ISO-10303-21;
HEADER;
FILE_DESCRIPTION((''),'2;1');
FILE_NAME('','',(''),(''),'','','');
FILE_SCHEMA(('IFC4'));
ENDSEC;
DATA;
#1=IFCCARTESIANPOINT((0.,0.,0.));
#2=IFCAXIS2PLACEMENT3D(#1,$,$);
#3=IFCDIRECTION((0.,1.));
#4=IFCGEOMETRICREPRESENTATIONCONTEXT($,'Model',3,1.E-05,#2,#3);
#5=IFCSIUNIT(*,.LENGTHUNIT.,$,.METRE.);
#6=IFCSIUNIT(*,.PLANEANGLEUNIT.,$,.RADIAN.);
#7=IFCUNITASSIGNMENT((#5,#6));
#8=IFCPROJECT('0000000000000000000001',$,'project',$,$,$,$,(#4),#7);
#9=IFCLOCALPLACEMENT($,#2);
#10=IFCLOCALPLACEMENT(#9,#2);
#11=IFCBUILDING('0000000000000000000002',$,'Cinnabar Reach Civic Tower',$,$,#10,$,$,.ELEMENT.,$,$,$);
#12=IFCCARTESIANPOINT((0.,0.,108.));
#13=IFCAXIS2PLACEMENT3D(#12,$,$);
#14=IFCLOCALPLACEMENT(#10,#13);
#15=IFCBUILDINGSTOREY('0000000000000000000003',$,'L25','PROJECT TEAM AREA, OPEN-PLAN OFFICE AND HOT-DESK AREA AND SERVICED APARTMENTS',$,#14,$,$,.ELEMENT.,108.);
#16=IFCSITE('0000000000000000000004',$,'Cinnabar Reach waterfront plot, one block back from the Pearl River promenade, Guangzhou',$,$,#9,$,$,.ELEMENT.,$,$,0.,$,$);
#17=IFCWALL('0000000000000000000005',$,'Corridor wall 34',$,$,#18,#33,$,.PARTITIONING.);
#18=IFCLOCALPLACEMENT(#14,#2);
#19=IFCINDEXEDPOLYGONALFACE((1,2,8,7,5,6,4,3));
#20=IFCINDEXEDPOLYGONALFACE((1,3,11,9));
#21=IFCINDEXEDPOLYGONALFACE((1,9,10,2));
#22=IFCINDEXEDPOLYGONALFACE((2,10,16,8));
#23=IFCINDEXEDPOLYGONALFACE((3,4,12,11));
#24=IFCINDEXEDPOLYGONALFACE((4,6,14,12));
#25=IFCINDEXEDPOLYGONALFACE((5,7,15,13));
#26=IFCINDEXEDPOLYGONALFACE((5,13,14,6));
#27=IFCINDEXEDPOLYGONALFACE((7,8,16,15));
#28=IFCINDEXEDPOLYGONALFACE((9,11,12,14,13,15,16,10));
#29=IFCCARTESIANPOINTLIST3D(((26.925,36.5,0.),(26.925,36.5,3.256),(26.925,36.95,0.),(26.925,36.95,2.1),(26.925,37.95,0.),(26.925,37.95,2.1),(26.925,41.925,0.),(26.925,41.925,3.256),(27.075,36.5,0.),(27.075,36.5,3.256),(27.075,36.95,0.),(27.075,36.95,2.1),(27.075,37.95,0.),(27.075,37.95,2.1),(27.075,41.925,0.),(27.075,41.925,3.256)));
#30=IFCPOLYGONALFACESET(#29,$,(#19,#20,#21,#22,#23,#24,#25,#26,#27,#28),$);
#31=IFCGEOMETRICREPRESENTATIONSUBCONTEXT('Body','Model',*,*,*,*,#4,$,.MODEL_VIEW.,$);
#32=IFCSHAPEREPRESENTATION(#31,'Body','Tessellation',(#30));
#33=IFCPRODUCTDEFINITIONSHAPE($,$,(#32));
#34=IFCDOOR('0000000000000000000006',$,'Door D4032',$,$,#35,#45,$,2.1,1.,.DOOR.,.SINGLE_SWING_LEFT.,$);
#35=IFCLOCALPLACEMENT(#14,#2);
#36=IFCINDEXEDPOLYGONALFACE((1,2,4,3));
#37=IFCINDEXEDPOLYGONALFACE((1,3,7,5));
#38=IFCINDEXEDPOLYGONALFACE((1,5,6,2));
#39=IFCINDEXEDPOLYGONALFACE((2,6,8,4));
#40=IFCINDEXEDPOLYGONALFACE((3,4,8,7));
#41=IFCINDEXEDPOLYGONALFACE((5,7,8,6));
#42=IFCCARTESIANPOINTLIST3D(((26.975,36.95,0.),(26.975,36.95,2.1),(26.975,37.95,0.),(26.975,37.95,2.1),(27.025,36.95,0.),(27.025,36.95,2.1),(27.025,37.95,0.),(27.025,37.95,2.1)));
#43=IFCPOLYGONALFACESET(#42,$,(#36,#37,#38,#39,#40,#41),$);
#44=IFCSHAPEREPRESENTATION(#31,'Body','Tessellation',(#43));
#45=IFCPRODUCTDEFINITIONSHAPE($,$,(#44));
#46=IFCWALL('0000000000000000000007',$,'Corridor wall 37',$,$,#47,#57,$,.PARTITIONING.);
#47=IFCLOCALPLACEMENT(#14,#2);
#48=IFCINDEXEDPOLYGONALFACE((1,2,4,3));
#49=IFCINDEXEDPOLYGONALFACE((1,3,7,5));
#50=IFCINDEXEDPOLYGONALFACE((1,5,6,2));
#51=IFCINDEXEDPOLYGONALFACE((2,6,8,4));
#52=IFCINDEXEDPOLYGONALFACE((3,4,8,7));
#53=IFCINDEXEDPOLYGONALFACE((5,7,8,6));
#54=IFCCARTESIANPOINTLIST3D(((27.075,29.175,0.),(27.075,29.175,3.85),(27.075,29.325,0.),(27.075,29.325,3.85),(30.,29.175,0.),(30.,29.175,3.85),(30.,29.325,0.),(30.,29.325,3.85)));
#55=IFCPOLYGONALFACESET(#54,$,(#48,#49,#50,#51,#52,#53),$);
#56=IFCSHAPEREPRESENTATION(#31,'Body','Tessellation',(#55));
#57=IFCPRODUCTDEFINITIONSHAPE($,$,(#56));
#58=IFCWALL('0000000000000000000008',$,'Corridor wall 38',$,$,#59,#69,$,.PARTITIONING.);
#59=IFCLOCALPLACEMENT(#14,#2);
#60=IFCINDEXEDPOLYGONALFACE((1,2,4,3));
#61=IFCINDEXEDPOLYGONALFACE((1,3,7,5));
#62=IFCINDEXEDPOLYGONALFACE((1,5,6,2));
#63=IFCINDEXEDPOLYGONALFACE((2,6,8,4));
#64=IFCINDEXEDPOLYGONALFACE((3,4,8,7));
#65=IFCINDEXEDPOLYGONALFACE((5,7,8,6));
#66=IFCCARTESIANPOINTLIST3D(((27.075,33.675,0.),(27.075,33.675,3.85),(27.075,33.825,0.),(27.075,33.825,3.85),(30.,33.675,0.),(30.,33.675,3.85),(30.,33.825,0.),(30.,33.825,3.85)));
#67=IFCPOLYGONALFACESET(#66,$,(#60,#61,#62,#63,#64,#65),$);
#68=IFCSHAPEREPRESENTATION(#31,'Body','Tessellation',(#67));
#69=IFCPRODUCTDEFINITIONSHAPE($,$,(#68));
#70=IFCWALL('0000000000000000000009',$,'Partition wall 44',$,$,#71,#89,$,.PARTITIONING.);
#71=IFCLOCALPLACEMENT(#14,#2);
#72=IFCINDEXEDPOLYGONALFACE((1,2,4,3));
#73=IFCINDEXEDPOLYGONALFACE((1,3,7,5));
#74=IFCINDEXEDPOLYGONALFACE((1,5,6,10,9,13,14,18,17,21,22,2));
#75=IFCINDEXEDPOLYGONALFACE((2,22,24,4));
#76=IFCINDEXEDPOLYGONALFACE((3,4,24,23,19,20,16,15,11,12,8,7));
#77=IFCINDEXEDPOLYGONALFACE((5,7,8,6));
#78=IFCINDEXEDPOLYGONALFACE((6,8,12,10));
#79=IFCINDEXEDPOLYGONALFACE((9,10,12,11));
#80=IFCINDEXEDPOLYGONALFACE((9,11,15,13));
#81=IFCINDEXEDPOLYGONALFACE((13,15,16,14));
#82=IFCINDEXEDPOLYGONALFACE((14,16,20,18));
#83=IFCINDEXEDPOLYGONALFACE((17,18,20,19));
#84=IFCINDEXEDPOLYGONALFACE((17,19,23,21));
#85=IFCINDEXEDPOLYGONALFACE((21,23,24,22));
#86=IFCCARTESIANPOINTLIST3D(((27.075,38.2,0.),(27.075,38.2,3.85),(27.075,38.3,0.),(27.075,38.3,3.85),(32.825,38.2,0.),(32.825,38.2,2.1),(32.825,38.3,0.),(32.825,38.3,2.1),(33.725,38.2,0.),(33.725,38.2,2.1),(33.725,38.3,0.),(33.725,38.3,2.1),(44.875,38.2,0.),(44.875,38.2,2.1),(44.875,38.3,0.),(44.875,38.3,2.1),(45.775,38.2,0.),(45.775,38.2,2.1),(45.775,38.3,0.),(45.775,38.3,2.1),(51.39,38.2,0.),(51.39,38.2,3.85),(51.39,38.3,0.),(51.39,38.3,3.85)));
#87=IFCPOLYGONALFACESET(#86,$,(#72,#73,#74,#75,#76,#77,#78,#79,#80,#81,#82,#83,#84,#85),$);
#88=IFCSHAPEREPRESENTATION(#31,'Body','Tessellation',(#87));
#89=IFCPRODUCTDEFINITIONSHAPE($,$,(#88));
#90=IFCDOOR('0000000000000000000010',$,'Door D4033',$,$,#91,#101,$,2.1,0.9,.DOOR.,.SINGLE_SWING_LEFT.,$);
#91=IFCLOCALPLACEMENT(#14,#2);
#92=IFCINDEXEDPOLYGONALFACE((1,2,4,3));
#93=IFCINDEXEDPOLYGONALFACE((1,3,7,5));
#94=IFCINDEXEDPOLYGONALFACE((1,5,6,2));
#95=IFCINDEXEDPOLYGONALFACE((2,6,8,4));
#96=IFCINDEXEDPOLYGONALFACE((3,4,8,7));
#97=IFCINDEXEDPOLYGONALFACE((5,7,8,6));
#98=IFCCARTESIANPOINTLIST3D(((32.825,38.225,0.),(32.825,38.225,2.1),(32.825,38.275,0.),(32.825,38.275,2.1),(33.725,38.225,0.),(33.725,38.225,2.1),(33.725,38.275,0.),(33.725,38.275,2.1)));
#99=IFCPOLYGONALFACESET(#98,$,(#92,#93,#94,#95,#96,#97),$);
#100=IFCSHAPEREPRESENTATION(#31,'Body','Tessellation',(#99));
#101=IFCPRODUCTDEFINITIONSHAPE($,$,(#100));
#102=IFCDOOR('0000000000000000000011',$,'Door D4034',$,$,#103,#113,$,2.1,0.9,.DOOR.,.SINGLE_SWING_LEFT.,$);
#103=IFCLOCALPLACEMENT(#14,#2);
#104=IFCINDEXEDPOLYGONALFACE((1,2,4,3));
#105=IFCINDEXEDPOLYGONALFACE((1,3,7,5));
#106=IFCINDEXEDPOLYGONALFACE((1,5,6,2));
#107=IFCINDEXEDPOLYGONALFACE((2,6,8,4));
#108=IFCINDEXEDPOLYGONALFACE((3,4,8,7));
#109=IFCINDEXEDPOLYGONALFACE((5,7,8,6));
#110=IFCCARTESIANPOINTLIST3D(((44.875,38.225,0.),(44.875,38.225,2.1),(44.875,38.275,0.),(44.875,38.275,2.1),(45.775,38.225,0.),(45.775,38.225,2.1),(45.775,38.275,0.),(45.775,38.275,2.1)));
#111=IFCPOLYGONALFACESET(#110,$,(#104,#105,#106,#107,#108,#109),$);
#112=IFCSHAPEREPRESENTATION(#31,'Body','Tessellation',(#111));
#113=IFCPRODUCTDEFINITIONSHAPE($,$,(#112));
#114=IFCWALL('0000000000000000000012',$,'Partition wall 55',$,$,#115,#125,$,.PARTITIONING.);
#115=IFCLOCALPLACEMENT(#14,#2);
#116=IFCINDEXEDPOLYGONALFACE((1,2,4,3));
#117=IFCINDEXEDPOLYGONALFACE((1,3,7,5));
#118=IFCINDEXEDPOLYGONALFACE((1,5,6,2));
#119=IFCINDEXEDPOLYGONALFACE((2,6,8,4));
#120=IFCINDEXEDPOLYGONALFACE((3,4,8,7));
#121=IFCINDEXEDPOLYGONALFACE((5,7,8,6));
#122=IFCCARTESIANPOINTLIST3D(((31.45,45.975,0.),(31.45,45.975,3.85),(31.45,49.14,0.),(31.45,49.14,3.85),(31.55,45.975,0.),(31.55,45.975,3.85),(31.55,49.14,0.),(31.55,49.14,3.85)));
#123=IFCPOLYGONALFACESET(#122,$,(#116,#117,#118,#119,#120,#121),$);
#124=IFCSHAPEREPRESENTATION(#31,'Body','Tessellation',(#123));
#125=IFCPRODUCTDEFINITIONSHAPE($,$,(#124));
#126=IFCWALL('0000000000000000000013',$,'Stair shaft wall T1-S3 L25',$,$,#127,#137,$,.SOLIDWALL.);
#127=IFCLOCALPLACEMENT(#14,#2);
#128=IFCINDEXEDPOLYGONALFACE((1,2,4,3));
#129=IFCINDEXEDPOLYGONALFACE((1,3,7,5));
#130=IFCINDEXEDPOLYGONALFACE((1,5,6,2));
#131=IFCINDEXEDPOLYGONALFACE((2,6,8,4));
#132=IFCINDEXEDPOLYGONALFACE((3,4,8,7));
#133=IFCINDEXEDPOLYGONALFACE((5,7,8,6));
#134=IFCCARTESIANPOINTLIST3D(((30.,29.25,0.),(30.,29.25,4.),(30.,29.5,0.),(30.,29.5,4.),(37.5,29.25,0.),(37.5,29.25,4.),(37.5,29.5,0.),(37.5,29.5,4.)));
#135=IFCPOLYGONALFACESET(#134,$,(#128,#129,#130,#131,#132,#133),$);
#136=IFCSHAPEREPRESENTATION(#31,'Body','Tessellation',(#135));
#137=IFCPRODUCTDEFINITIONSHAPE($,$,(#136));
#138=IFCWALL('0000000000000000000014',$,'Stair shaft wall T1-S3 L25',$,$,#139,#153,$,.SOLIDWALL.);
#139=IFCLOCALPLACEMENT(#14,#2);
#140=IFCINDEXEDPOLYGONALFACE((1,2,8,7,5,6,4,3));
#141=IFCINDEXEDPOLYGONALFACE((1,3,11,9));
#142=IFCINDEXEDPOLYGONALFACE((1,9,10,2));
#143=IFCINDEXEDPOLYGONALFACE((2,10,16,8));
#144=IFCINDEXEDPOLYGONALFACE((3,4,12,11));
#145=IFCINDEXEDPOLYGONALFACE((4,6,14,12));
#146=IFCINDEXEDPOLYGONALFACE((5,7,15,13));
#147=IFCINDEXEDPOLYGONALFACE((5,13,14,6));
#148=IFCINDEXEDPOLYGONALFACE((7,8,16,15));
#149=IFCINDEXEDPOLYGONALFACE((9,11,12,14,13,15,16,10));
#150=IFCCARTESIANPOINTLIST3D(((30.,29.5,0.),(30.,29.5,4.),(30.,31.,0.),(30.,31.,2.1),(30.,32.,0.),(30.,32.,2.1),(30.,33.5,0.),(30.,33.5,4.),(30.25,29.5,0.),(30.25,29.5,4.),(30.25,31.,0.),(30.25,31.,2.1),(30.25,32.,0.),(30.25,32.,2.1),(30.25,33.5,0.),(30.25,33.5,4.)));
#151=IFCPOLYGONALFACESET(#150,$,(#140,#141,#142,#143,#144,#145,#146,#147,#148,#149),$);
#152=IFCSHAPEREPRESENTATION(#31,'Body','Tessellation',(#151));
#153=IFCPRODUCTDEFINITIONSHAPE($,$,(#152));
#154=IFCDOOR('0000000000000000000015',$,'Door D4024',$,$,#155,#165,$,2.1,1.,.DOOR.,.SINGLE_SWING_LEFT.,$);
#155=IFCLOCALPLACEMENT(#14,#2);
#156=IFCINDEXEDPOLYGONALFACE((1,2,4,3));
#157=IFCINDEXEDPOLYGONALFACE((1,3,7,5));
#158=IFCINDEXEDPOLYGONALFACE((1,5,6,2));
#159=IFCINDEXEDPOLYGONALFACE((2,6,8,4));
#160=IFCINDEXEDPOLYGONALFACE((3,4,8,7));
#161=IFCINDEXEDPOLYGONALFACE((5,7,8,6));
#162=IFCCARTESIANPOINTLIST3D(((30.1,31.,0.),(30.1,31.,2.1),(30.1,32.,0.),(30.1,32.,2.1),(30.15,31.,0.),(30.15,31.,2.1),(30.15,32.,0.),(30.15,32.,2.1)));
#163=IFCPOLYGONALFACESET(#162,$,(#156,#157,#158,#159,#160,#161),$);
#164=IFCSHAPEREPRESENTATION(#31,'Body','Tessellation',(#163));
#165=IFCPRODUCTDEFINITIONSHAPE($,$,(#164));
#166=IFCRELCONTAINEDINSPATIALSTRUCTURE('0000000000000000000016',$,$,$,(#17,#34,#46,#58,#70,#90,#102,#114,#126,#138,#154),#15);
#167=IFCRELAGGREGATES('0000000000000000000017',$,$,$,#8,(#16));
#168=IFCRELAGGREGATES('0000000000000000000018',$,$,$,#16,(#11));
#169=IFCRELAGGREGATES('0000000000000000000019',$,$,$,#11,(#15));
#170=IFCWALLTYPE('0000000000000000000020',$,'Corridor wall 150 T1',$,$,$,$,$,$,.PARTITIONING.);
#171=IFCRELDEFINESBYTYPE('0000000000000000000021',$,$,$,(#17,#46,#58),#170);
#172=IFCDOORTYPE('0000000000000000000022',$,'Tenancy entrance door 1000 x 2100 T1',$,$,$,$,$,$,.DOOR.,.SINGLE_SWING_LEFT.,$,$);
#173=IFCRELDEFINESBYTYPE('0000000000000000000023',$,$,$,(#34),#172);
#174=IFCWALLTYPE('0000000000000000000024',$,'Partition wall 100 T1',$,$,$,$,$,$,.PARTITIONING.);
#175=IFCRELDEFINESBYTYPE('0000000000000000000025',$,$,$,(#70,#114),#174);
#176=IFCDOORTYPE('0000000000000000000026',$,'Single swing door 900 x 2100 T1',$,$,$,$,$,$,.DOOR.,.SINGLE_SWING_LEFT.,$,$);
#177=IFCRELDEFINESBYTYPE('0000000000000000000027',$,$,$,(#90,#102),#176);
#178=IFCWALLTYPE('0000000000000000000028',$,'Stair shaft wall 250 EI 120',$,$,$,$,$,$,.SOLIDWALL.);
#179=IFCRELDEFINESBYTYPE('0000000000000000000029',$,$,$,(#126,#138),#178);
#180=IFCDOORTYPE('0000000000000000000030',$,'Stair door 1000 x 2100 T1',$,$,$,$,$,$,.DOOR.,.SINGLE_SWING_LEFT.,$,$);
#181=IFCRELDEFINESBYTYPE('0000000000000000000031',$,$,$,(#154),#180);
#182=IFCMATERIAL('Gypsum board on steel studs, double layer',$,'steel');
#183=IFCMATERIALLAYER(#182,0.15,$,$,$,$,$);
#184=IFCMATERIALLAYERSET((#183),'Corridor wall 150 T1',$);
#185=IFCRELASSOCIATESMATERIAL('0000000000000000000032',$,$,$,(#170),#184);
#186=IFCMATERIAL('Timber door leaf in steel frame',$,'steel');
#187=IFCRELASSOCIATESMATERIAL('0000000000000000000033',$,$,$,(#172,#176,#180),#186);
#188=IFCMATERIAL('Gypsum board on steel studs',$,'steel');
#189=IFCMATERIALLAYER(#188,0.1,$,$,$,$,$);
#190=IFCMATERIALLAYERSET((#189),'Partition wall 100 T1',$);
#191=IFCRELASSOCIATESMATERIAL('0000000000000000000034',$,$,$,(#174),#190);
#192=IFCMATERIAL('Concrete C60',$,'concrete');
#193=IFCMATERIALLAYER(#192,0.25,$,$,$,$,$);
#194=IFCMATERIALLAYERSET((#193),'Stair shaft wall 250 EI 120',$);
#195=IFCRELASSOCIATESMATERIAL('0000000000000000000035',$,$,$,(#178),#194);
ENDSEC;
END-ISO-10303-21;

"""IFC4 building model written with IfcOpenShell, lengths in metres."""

from ifc_helpers import new_model, si_unit, direction, frame, frame_2d, origin, place, context, subcontext, project, spatial, rectangle, extrude, material, layer, layer_set, type_object, element, fill, save


model = new_model("IFC4")

# Units and contexts
model_context = context("Model", 3, precision=1e-05, world=origin(), true_north=direction((0.0, 1.0)))
body_context = subcontext(model_context, "Body", "Model", "MODEL_VIEW")
ifc_project = project(units=[si_unit("LENGTHUNIT", "METRE"), si_unit("PLANEANGLEUNIT", "RADIAN")], contexts=[model_context])

# Site, building, storey
site_placement = place(None, origin())
site = spatial("IfcSite", under=ifc_project, at=site_placement, Name="Cinnabar Reach waterfront plot, one block back from the Pearl River promenade, Guangzhou", CompositionType="ELEMENT", RefElevation=0.0)
building_placement = place(site_placement, origin())
building = spatial("IfcBuilding", under=site, at=building_placement, Name="Cinnabar Reach Civic Tower", CompositionType="ELEMENT")
storey_placement = place(building_placement, frame((0.0, 0.0, 108.0)))
storey = spatial("IfcBuildingStorey", under=building, at=storey_placement, Name="L25", Description="PROJECT TEAM AREA, OPEN-PLAN OFFICE AND HOT-DESK AREA AND SERVICED APARTMENTS", CompositionType="ELEMENT", Elevation=108.0)

# Shared definitions
ifc_material_1 = material(Name="Gypsum board on steel studs, double layer", Category="steel")
ifc_layer_1 = layer(ifc_material_1, 0.15)
ifc_layer_set_1 = layer_set([ifc_layer_1], Name="Corridor wall 150 T1")
wall_type_1 = type_object("IfcWallType", Name="Corridor wall 150 T1", PredefinedType="PARTITIONING", material=ifc_layer_set_1)

# Wall, opening, door
wall_1_placement = place(storey_placement, frame((27.0, 36.5, 0.0), z_axis=(0.0, 0.0, 1.0), x_axis=(0.0, 1.0, 0.0)))
wall_1 = element("IfcWall", 1, at=wall_1_placement, inside=storey, type_object=wall_type_1, Name="Corridor wall 34", PredefinedType="PARTITIONING", context=body_context, shape_type="SweptSolid", body=[
    extrude(rectangle(XDim=5.425, YDim=0.15, at=frame_2d((2.7125, 0.0))), origin(), (0.0, 0.0, 1.0), 3.256),
])
opening_1_placement = place(wall_1_placement, frame((0.45, 0.0, 0.0)))
opening_1 = element("IfcOpeningElement", 2, at=opening_1_placement, cuts=wall_1, PredefinedType="OPENING", context=body_context, shape_type="SweptSolid", body=[
    extrude(rectangle(XDim=1.0, YDim=2.1, at=frame_2d((0.5, 1.05))), frame((0.0, 0.085, 0.0), z_axis=(0.0, -1.0, 0.0), x_axis=(1.0, 0.0, 0.0)), (0.0, 0.0, 1.0), 0.17),
])
ifc_material_2 = material(Name="Timber door leaf in steel frame", Category="steel")
door_type_1 = type_object("IfcDoorType", Name="Tenancy entrance door 1000 x 2100 T1", OperationType="SINGLE_SWING_LEFT", PredefinedType="DOOR", material=ifc_material_2)
door_1_placement = place(opening_1_placement, frame((1.0, 0.0, 0.0), z_axis=(0.0, 0.0, 1.0), x_axis=(-1.0, 0.0, 0.0)))
door_1 = element("IfcDoor", 3, at=door_1_placement, inside=storey, type_object=door_type_1, Name="Door D4032", OperationType="SINGLE_SWING_LEFT", OverallHeight=2.1, OverallWidth=1.0, PredefinedType="DOOR", context=body_context, shape_type="SweptSolid", body=[
    extrude(rectangle(XDim=1.0, YDim=2.1, at=frame_2d((0.5, 1.05))), frame((0.0, 0.025, 0.0), z_axis=(0.0, -1.0, 0.0), x_axis=(1.0, 0.0, 0.0)), (0.0, 0.0, 1.0), 0.05),
])
fill(opening_1, door_1)

# Walls
for number, where, z_axis, x_axis, name in (
    (4, (27.075, 29.25, 0.0), (0.0, 0.0, 1.0), (1.0, 0.0, 0.0), "Corridor wall 37"),
    (5, (27.075, 33.75, 0.0), (0.0, 0.0, 1.0), (1.0, 0.0, 0.0), "Corridor wall 38"),
):
    element("IfcWall", number, at=place(storey_placement, frame(where, z_axis=z_axis, x_axis=x_axis)), inside=storey, type_object=wall_type_1, Name=name, PredefinedType="PARTITIONING", context=body_context, shape_type="SweptSolid", body=[
        extrude(rectangle(XDim=2.925, YDim=0.15, at=frame_2d((1.4625, 0.0))), origin(), (0.0, 0.0, 1.0), 3.85),
    ])

# Wall, openings, doors
ifc_material_3 = material(Name="Gypsum board on steel studs", Category="steel")
ifc_layer_2 = layer(ifc_material_3, 0.1)
ifc_layer_set_2 = layer_set([ifc_layer_2], Name="Partition wall 100 T1")
wall_type_2 = type_object("IfcWallType", Name="Partition wall 100 T1", PredefinedType="PARTITIONING", material=ifc_layer_set_2)
wall_2_placement = place(storey_placement, frame((27.075, 38.25, 0.0), z_axis=(0.0, 0.0, 1.0), x_axis=(1.0, 0.0, 0.0)))
wall_2 = element("IfcWall", 6, at=wall_2_placement, inside=storey, type_object=wall_type_2, Name="Partition wall 44", PredefinedType="PARTITIONING", context=body_context, shape_type="SweptSolid", body=[
    extrude(rectangle(XDim=24.315, YDim=0.1, at=frame_2d((12.1575, 0.0))), origin(), (0.0, 0.0, 1.0), 3.85),
])
opening_2_placement = place(wall_2_placement, frame((5.75, 0.0, 0.0)))
opening_2 = element("IfcOpeningElement", 7, at=opening_2_placement, cuts=wall_2, PredefinedType="OPENING", context=body_context, shape_type="SweptSolid", body=[
    extrude(rectangle(XDim=0.9, YDim=2.1, at=frame_2d((0.45, 1.05))), frame((0.0, 0.06, 0.0), z_axis=(0.0, -1.0, 0.0), x_axis=(1.0, 0.0, 0.0)), (0.0, 0.0, 1.0), 0.12),
])
opening_3_placement = place(wall_2_placement, frame((17.8, 0.0, 0.0)))
opening_3 = element("IfcOpeningElement", 8, at=opening_3_placement, cuts=wall_2, PredefinedType="OPENING", context=body_context, shape_type="SweptSolid", body=[
    extrude(rectangle(XDim=0.9, YDim=2.1, at=frame_2d((0.45, 1.05))), frame((0.0, 0.06, 0.0), z_axis=(0.0, -1.0, 0.0), x_axis=(1.0, 0.0, 0.0)), (0.0, 0.0, 1.0), 0.12),
])
door_type_2 = type_object("IfcDoorType", Name="Single swing door 900 x 2100 T1", OperationType="SINGLE_SWING_LEFT", PredefinedType="DOOR", material=ifc_material_2)
door_2_placement = place(opening_2_placement, origin())
door_2 = element("IfcDoor", 9, at=door_2_placement, inside=storey, type_object=door_type_2, Name="Door D4033", OperationType="SINGLE_SWING_LEFT", OverallHeight=2.1, OverallWidth=0.9, PredefinedType="DOOR", context=body_context, shape_type="SweptSolid", body=[
    extrude(rectangle(XDim=0.9, YDim=2.1, at=frame_2d((0.45, 1.05))), frame((0.0, 0.025, 0.0), z_axis=(0.0, -1.0, 0.0), x_axis=(1.0, 0.0, 0.0)), (0.0, 0.0, 1.0), 0.05),
])
fill(opening_2, door_2)
door_3_placement = place(opening_3_placement, origin())
door_3 = element("IfcDoor", 10, at=door_3_placement, inside=storey, type_object=door_type_2, Name="Door D4034", OperationType="SINGLE_SWING_LEFT", OverallHeight=2.1, OverallWidth=0.9, PredefinedType="DOOR", context=body_context, shape_type="SweptSolid", body=[
    extrude(rectangle(XDim=0.9, YDim=2.1, at=frame_2d((0.45, 1.05))), frame((0.0, 0.025, 0.0), z_axis=(0.0, -1.0, 0.0), x_axis=(1.0, 0.0, 0.0)), (0.0, 0.0, 1.0), 0.05),
])
fill(opening_3, door_3)

# Walls
wall_3_placement = place(storey_placement, frame((31.5, 45.975, 0.0), z_axis=(0.0, 0.0, 1.0), x_axis=(0.0, 1.0, 0.0)))
element("IfcWall", 11, at=wall_3_placement, inside=storey, type_object=wall_type_2, Name="Partition wall 55", PredefinedType="PARTITIONING", context=body_context, shape_type="SweptSolid", body=[
    extrude(rectangle(XDim=3.165, YDim=0.1, at=frame_2d((1.5825, 0.0))), origin(), (0.0, 0.0, 1.0), 3.85),
])
ifc_material_4 = material(Name="Concrete C60", Category="concrete")
ifc_layer_3 = layer(ifc_material_4, 0.25)
ifc_layer_set_3 = layer_set([ifc_layer_3], Name="Stair shaft wall 250 EI 120")
wall_type_3 = type_object("IfcWallType", Name="Stair shaft wall 250 EI 120", PredefinedType="SOLIDWALL", material=ifc_layer_set_3)
wall_4_placement = place(storey_placement, frame((30.0, 29.375, 0.0), z_axis=(0.0, 0.0, 1.0), x_axis=(1.0, 0.0, 0.0)))
element("IfcWall", 12, at=wall_4_placement, inside=storey, type_object=wall_type_3, Name="Stair shaft wall T1-S3 L25", PredefinedType="SOLIDWALL", context=body_context, shape_type="SweptSolid", body=[
    extrude(rectangle(XDim=7.5, YDim=0.25, at=frame_2d((3.75, 0.0))), origin(), (0.0, 0.0, 1.0), 4.0),
])

# Wall, opening, door
wall_5_placement = place(storey_placement, frame((30.125, 33.5, 0.0), z_axis=(0.0, 0.0, 1.0), x_axis=(0.0, -1.0, 0.0)))
wall_5 = element("IfcWall", 13, at=wall_5_placement, inside=storey, type_object=wall_type_3, Name="Stair shaft wall T1-S3 L25", PredefinedType="SOLIDWALL", context=body_context, shape_type="SweptSolid", body=[
    extrude(rectangle(XDim=4.0, YDim=0.25, at=frame_2d((2.0, 0.0))), origin(), (0.0, 0.0, 1.0), 4.0),
])
opening_4_placement = place(wall_5_placement, frame((1.5, 0.0, 0.0)))
opening_4 = element("IfcOpeningElement", 14, at=opening_4_placement, cuts=wall_5, PredefinedType="OPENING", context=body_context, shape_type="SweptSolid", body=[
    extrude(rectangle(XDim=1.0, YDim=2.1, at=frame_2d((0.5, 1.05))), frame((0.0, 0.135, 0.0), z_axis=(0.0, -1.0, 0.0), x_axis=(1.0, 0.0, 0.0)), (0.0, 0.0, 1.0), 0.27),
])
door_type_3 = type_object("IfcDoorType", Name="Stair door 1000 x 2100 T1", OperationType="SINGLE_SWING_LEFT", PredefinedType="DOOR", material=ifc_material_2)
door_4_placement = place(opening_4_placement, origin())
door_4 = element("IfcDoor", 15, at=door_4_placement, inside=storey, type_object=door_type_3, Name="Door D4024", OperationType="SINGLE_SWING_LEFT", OverallHeight=2.1, OverallWidth=1.0, PredefinedType="DOOR", context=body_context, shape_type="SweptSolid", body=[
    extrude(rectangle(XDim=1.0, YDim=2.1, at=frame_2d((0.5, 1.05))), frame((0.0, 0.025, 0.0), z_axis=(0.0, -1.0, 0.0), x_axis=(1.0, 0.0, 0.0)), (0.0, 0.0, 1.0), 0.05),
])
fill(opening_4, door_4)

save(model, "model.ifc")
